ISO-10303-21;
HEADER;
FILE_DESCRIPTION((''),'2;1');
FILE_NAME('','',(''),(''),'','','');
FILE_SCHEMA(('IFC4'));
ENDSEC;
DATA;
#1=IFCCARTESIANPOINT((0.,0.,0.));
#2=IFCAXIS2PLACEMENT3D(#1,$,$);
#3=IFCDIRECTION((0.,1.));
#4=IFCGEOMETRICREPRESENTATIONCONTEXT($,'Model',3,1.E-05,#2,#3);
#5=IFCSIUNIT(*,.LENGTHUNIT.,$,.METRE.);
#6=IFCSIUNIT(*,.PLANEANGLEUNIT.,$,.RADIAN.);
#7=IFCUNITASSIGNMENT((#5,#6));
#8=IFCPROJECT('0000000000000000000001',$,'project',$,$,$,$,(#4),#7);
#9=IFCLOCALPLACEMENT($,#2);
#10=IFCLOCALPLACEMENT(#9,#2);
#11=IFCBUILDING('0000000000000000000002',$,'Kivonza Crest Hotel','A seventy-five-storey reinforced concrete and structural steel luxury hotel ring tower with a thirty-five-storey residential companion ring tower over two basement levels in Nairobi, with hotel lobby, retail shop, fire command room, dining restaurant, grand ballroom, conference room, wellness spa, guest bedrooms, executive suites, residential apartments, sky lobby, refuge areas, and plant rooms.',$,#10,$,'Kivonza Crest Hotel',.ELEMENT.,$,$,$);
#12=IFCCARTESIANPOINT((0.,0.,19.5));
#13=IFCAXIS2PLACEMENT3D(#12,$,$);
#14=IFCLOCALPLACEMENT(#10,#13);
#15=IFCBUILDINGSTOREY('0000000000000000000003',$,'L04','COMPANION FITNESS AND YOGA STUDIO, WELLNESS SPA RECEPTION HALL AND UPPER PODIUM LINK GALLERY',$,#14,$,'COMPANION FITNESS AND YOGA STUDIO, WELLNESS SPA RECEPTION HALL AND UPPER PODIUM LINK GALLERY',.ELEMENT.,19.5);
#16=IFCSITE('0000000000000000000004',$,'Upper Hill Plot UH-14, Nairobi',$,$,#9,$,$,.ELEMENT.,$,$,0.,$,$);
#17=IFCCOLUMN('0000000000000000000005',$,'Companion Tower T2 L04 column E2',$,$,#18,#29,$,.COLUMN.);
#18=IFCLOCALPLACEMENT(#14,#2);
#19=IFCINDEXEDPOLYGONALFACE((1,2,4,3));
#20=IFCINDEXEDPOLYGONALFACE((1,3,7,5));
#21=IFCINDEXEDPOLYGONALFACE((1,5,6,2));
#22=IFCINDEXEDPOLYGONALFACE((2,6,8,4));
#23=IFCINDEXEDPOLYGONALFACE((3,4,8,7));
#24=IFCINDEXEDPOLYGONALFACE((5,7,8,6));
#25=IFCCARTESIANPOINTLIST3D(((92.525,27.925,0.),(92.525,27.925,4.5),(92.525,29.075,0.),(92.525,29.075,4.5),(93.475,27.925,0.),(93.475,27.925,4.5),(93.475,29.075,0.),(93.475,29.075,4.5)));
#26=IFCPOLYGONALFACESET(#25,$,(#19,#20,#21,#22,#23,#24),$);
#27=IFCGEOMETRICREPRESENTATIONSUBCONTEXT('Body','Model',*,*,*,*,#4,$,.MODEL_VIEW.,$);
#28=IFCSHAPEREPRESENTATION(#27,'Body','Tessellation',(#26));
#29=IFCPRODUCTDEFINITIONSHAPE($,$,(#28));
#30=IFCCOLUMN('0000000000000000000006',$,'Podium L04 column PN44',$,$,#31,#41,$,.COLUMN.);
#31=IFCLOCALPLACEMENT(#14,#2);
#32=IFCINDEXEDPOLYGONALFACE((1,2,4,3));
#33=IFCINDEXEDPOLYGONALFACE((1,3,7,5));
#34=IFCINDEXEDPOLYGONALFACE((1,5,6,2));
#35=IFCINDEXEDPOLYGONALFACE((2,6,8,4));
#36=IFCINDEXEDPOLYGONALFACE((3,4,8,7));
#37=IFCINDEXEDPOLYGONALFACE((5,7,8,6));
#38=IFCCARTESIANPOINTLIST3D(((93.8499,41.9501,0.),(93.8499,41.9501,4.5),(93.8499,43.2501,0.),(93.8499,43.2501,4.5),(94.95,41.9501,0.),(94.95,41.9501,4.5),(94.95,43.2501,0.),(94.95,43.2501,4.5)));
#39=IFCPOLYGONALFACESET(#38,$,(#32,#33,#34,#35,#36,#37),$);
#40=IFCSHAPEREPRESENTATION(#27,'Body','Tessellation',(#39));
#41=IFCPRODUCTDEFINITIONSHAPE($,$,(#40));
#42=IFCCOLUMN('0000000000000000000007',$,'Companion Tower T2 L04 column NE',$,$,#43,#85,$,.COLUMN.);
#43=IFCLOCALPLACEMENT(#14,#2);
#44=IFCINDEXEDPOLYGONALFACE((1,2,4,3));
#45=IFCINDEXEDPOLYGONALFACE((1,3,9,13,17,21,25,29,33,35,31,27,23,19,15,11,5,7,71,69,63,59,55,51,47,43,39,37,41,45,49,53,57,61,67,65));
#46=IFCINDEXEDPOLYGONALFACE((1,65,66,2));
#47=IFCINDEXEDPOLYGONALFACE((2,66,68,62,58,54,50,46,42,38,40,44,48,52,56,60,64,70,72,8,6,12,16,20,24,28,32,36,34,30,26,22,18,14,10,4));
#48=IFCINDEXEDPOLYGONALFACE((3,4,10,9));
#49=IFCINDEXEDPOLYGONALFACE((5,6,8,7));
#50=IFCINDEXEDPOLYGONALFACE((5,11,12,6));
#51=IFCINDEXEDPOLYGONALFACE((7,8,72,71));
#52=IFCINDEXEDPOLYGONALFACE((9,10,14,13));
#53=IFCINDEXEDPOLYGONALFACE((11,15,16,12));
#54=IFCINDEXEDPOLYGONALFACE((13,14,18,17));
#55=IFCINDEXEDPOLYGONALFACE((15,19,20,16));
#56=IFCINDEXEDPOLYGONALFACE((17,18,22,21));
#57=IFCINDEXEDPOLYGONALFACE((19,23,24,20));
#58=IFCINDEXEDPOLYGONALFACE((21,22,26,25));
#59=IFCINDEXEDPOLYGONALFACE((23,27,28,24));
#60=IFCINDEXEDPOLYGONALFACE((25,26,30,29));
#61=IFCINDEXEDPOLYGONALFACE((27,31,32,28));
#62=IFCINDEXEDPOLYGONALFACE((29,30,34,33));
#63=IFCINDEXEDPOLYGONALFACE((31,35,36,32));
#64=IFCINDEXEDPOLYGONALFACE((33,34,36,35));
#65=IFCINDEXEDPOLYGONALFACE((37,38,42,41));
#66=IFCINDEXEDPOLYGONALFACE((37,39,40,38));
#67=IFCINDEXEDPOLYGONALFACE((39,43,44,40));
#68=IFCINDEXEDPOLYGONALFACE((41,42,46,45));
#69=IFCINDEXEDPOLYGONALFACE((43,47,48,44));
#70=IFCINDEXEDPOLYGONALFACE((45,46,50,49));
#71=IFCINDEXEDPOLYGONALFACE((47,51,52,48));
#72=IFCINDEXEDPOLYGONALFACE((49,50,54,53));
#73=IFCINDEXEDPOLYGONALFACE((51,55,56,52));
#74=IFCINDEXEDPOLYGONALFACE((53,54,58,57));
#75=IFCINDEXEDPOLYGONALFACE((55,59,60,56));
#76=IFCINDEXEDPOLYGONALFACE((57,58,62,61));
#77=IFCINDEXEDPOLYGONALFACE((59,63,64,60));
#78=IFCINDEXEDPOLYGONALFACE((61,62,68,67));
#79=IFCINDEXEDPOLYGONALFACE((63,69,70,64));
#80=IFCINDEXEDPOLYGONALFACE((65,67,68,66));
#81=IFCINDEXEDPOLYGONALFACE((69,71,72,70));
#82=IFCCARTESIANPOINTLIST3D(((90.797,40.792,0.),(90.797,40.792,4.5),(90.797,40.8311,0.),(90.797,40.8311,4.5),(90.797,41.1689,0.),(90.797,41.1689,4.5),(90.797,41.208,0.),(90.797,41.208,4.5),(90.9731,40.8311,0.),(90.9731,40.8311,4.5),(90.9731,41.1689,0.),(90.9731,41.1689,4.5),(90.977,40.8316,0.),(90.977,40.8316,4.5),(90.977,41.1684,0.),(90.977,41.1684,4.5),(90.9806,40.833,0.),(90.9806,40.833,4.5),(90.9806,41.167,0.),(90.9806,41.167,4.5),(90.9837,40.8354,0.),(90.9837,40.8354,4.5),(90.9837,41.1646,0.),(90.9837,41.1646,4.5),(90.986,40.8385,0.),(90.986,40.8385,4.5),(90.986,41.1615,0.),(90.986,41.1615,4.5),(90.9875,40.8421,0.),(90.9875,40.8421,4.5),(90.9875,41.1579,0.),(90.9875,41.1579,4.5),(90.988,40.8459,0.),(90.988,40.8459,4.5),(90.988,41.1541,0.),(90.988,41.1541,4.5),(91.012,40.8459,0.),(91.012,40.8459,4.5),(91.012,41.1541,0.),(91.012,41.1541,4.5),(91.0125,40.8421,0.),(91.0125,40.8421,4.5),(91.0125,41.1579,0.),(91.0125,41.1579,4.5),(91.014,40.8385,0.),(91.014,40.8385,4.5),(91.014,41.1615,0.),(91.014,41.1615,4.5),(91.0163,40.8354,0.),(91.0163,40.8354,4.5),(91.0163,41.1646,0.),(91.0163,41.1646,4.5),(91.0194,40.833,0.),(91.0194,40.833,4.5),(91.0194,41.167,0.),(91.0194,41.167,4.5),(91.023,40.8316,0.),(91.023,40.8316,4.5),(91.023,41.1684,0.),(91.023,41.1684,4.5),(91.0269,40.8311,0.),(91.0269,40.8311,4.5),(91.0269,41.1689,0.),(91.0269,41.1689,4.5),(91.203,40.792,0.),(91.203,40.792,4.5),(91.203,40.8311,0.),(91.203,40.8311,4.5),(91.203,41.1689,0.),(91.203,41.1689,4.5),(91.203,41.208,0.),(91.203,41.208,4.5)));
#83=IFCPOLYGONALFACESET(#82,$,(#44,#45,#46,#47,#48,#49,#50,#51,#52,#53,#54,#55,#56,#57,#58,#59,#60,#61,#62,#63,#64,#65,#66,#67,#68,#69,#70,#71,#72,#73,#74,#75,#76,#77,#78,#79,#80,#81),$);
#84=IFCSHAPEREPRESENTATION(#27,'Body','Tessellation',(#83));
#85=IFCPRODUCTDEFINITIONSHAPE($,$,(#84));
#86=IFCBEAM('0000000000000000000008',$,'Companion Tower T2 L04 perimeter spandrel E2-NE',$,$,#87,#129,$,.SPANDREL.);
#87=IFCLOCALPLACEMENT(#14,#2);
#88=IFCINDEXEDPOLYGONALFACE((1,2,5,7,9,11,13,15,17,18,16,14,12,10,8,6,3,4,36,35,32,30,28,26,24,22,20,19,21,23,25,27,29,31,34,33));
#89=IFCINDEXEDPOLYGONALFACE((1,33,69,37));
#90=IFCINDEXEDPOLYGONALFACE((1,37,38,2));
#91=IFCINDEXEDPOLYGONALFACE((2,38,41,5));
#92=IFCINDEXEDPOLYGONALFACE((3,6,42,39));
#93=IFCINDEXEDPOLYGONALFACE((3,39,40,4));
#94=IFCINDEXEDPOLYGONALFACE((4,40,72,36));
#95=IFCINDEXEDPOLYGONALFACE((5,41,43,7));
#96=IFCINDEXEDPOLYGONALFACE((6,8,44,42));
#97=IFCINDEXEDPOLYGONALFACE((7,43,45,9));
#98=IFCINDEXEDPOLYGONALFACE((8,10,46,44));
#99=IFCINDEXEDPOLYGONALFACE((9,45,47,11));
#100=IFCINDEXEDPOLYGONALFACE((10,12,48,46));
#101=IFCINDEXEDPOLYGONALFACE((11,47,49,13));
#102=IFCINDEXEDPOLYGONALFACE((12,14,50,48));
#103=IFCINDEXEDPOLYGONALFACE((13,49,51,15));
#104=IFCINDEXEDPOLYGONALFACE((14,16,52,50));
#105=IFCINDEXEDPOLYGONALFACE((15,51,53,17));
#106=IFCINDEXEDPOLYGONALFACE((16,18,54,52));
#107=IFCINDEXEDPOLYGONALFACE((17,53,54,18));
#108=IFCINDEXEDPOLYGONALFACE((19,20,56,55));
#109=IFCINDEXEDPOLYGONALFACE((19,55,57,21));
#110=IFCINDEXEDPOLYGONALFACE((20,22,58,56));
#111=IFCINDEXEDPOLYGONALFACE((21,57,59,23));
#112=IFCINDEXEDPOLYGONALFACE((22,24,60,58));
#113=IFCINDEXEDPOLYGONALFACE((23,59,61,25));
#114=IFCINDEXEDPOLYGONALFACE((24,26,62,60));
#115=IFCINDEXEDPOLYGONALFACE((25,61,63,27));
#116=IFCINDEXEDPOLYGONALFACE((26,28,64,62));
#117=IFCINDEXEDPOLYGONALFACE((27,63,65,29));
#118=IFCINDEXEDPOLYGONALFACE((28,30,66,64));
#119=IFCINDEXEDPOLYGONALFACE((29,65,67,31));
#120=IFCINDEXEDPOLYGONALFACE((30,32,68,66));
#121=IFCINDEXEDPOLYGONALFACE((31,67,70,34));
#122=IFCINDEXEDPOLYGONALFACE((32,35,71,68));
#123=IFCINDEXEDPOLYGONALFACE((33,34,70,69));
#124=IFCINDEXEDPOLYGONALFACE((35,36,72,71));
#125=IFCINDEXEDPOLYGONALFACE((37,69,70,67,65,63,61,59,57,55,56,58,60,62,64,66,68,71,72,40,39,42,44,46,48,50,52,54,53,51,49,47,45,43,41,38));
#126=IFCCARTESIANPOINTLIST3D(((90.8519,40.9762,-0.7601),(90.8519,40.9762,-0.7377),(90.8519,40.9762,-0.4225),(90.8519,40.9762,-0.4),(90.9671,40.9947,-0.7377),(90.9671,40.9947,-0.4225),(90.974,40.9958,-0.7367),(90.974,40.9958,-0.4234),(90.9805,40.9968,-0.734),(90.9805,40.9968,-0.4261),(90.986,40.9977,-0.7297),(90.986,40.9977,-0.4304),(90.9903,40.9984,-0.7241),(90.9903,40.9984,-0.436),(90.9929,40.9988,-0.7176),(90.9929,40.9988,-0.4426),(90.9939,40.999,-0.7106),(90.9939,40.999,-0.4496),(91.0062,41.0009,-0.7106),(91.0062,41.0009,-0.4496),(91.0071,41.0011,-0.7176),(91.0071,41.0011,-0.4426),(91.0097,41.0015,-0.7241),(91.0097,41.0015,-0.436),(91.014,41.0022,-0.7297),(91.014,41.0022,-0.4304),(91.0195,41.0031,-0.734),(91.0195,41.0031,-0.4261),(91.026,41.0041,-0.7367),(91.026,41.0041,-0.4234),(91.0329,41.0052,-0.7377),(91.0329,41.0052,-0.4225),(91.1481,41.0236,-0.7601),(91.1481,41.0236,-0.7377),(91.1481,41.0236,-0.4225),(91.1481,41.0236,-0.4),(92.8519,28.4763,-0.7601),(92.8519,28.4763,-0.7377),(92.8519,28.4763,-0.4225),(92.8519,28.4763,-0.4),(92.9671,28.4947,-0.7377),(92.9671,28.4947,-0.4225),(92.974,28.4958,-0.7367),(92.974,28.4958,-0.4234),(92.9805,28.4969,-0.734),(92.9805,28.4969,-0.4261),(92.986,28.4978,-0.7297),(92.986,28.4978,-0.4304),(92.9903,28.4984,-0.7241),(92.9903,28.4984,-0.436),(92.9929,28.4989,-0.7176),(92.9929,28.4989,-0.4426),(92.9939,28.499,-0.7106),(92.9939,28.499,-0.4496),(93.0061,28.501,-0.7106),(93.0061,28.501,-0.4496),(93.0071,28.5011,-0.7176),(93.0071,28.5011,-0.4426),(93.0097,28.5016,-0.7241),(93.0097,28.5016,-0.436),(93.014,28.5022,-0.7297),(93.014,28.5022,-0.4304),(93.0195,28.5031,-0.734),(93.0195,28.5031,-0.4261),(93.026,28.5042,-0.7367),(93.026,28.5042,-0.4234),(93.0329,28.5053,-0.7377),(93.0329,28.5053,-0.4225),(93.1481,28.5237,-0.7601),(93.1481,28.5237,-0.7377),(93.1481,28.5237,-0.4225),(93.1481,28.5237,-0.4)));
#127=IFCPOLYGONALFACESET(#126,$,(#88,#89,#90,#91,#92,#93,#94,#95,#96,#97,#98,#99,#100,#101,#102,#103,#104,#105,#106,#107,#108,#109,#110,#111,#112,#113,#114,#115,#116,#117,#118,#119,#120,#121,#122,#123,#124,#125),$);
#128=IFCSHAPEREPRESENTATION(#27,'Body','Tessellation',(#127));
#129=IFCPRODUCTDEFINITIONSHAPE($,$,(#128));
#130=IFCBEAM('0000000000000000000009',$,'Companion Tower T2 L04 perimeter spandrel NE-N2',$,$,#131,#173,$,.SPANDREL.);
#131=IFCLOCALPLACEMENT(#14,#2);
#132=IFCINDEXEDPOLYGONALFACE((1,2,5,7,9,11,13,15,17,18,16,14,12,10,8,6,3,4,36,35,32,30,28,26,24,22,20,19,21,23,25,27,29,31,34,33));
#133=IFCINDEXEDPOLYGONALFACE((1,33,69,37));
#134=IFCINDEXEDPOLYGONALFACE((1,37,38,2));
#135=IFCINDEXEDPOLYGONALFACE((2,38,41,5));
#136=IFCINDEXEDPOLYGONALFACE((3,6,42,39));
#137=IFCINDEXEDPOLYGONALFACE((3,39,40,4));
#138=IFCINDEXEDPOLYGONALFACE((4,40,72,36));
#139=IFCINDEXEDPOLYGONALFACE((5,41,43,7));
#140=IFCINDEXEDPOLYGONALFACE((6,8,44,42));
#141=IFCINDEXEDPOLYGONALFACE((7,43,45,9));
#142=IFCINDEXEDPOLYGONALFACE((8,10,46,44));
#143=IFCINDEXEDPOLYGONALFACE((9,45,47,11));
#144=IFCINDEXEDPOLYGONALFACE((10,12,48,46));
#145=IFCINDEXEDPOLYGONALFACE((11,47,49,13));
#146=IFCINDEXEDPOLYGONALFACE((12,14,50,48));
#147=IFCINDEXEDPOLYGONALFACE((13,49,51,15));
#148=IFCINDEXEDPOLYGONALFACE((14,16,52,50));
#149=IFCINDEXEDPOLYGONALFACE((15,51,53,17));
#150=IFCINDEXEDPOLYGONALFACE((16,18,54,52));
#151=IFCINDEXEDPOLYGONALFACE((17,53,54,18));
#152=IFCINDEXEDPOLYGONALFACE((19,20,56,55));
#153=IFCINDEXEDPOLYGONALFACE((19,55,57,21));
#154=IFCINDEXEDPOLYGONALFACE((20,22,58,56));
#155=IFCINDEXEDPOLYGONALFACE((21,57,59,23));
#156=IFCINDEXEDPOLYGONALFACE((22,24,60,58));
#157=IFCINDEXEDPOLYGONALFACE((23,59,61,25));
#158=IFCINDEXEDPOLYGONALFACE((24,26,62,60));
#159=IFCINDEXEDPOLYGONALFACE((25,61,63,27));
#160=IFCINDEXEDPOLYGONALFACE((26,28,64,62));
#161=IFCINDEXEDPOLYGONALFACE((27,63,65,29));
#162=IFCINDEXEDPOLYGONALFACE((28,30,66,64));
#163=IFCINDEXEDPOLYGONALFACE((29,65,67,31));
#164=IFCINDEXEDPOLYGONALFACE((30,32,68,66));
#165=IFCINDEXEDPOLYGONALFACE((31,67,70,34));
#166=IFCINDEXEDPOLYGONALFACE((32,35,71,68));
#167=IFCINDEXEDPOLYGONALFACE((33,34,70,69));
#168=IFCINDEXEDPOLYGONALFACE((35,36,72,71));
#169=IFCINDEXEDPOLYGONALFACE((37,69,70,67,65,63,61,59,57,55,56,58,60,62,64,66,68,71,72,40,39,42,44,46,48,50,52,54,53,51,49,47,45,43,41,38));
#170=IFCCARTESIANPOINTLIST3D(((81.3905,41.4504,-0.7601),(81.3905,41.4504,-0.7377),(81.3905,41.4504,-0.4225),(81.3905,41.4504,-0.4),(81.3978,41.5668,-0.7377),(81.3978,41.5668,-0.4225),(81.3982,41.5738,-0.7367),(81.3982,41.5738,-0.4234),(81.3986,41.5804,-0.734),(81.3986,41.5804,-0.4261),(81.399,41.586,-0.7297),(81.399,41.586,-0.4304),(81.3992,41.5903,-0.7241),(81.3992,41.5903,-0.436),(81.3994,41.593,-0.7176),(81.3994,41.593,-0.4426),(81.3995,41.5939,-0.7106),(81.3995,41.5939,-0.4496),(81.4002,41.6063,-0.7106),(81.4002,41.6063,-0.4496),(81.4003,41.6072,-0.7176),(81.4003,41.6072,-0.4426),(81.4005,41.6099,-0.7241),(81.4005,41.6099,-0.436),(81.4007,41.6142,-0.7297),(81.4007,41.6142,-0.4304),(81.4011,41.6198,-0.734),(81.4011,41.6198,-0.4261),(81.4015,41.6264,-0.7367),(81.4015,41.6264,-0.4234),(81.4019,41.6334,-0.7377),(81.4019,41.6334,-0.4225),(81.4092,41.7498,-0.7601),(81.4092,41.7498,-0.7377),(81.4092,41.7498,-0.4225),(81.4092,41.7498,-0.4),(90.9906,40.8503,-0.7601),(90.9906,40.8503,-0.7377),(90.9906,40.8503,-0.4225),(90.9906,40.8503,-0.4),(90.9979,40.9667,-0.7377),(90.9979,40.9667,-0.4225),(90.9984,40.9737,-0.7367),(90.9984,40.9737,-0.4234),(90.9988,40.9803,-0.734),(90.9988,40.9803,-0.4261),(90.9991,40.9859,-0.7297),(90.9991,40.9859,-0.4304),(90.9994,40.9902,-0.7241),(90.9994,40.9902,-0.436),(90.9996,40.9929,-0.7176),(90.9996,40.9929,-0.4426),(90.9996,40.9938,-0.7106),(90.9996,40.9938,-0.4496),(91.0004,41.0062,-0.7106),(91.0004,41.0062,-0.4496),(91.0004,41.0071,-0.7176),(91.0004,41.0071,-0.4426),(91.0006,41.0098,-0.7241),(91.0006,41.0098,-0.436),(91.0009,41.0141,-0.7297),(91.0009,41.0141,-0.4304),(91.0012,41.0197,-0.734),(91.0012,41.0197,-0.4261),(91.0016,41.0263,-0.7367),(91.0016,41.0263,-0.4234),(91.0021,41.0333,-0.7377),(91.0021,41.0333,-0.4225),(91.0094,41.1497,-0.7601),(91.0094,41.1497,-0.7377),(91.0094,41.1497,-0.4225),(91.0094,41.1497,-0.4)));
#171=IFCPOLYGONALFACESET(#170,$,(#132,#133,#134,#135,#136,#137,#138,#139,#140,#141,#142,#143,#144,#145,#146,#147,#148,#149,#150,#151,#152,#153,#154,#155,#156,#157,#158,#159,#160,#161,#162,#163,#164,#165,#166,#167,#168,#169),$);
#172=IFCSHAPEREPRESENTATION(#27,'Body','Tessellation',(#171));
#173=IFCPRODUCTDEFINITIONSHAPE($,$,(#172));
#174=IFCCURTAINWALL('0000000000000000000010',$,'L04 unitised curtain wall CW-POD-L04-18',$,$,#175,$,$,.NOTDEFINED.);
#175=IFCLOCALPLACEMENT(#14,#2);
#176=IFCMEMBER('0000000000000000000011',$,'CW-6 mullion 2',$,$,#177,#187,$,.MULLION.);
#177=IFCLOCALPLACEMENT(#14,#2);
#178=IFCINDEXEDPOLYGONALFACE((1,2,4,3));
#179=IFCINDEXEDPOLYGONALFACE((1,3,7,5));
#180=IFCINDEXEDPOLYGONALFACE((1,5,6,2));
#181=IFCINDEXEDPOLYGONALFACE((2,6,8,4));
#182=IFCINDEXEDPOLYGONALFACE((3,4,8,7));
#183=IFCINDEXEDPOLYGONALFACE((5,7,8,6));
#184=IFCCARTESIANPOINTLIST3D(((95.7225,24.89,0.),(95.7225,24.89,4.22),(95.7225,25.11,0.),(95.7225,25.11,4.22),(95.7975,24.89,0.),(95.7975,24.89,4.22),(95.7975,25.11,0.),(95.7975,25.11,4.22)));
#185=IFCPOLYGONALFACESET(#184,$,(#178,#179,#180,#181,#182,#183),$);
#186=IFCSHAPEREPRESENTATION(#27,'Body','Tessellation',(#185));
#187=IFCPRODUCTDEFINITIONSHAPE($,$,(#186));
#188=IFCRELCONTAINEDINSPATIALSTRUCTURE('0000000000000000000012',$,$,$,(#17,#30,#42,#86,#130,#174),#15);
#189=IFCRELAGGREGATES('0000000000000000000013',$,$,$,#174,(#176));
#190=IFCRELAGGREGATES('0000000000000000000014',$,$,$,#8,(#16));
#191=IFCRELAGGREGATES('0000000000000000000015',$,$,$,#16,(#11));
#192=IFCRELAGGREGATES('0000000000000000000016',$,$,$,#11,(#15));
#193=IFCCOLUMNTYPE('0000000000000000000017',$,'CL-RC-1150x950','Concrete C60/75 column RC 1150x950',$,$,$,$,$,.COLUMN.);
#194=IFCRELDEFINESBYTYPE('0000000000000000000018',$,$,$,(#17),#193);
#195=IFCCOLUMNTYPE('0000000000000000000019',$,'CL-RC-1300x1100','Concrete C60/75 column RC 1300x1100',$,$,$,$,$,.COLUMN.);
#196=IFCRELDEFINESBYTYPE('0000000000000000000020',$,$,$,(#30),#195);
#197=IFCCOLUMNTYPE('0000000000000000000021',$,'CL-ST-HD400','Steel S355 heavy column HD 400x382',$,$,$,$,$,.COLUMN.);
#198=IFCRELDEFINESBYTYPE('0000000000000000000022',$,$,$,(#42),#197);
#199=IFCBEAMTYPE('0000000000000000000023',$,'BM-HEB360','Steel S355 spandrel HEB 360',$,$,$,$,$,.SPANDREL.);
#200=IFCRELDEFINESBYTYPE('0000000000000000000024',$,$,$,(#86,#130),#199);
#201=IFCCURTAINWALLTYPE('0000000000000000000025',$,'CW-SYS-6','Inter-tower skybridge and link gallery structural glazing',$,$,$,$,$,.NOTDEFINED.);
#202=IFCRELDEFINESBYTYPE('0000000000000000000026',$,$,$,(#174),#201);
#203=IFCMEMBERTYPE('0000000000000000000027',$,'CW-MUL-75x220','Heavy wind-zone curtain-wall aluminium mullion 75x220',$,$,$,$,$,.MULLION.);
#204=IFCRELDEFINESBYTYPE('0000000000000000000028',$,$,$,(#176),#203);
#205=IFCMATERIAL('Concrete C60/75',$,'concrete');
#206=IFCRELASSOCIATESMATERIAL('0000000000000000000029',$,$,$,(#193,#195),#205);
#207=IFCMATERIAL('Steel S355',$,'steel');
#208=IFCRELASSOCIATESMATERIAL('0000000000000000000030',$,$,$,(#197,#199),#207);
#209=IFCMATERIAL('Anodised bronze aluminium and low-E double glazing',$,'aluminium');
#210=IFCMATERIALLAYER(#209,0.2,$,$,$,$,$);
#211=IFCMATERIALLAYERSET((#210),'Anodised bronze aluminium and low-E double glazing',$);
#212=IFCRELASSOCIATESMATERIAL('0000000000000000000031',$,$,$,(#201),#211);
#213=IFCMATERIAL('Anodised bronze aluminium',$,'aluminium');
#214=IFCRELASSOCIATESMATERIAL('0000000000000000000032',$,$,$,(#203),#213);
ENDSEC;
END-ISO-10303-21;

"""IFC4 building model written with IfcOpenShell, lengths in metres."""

from ifc_helpers import new_model, si_unit, direction, frame, origin, origin_2d, place, context, subcontext, project, spatial, rectangle, i_section, extrude, material, layer, layer_set, material_profile, profile_set, type_object, element, aggregate, save


model = new_model("IFC4")

# Units and contexts
model_context = context("Model", 3, precision=1e-05, world=origin(), true_north=direction((0.0, 1.0)))
body_context = subcontext(model_context, "Body", "Model", "MODEL_VIEW")
ifc_project = project(units=[si_unit("LENGTHUNIT", "METRE"), si_unit("PLANEANGLEUNIT", "RADIAN")], contexts=[model_context])

# Site, building, storey
site_placement = place(None, origin())
site = spatial("IfcSite", under=ifc_project, at=site_placement, Name="Upper Hill Plot UH-14, Nairobi", CompositionType="ELEMENT", RefElevation=0.0)
building_placement = place(site_placement, origin())
building = spatial("IfcBuilding", under=site, at=building_placement, Name="Kivonza Crest Hotel", Description="A seventy-five-storey reinforced concrete and structural steel luxury hotel ring tower with a thirty-five-storey residential companion ring tower over two basement levels in Nairobi, with hotel lobby, retail shop, fire command room, dining restaurant, grand ballroom, conference room, wellness spa, guest bedrooms, executive suites, residential apartments, sky lobby, refuge areas, and plant rooms.", LongName="Kivonza Crest Hotel", CompositionType="ELEMENT")
storey_placement = place(building_placement, frame((0.0, 0.0, 19.5)))
storey = spatial("IfcBuildingStorey", under=building, at=storey_placement, Name="L04", Description="COMPANION FITNESS AND YOGA STUDIO, WELLNESS SPA RECEPTION HALL AND UPPER PODIUM LINK GALLERY", LongName="COMPANION FITNESS AND YOGA STUDIO, WELLNESS SPA RECEPTION HALL AND UPPER PODIUM LINK GALLERY", CompositionType="ELEMENT", Elevation=19.5)

# Columns
ifc_material_1 = material(Name="Concrete C60/75", Category="concrete")
ifc_material_profile_1 = material_profile(ifc_material_1, rectangle(XDim=0.95, YDim=1.1499, at=origin_2d()), Name="RC 1150x950")
ifc_profile_set_1 = profile_set([ifc_material_profile_1], Name="Concrete C60/75")
column_type_1 = type_object("IfcColumnType", Name="CL-RC-1150x950", Description="Concrete C60/75 column RC 1150x950", PredefinedType="COLUMN", material=ifc_profile_set_1)
column_1_placement = place(storey_placement, frame((93.0, 28.5, 0.0), z_axis=(0.0, 0.0, 1.0), x_axis=(1.0, 0.0, 0.0)))
element("IfcColumn", 1, at=column_1_placement, inside=storey, type_object=column_type_1, Name="Companion Tower T2 L04 column E2", PredefinedType="COLUMN", context=body_context, shape_type="SweptSolid", body=[
    extrude(rectangle(XDim=0.95, YDim=1.1499, at=origin_2d()), origin(), (0.0, 0.0, 1.0), 4.5),
])
ifc_material_profile_2 = material_profile(ifc_material_1, rectangle(XDim=1.1001, YDim=1.3, at=origin_2d()), Name="RC 1300x1100")
ifc_profile_set_2 = profile_set([ifc_material_profile_2], Name="Concrete C60/75")
column_type_2 = type_object("IfcColumnType", Name="CL-RC-1300x1100", Description="Concrete C60/75 column RC 1300x1100", PredefinedType="COLUMN", material=ifc_profile_set_2)
column_2_placement = place(storey_placement, frame((94.3999, 42.6001, 0.0), z_axis=(0.0, 0.0, 1.0), x_axis=(1.0, 0.0, 0.0)))
element("IfcColumn", 2, at=column_2_placement, inside=storey, type_object=column_type_2, Name="Podium L04 column PN44", PredefinedType="COLUMN", context=body_context, shape_type="SweptSolid", body=[
    extrude(rectangle(XDim=1.1001, YDim=1.3, at=origin_2d()), origin(), (0.0, 0.0, 1.0), 4.5),
])
ifc_material_2 = material(Name="Steel S355", Category="steel")
ifc_material_profile_3 = material_profile(ifc_material_2, i_section(OverallWidth=0.406, OverallDepth=0.416, WebThickness=0.0239, FlangeThickness=0.0391, FilletRadius=0.0149, at=origin_2d()), Name="HD 400x382")
ifc_profile_set_3 = profile_set([ifc_material_profile_3], Name="Steel S355")
column_type_3 = type_object("IfcColumnType", Name="CL-ST-HD400", Description="Steel S355 heavy column HD 400x382", PredefinedType="COLUMN", material=ifc_profile_set_3)
column_3_placement = place(storey_placement, frame((91.0, 41.0, 0.0), z_axis=(0.0, 0.0, 1.0), x_axis=(1.0, 0.0, 0.0)))
element("IfcColumn", 3, at=column_3_placement, inside=storey, type_object=column_type_3, Name="Companion Tower T2 L04 column NE", PredefinedType="COLUMN", context=body_context, shape_type="SweptSolid", body=[
    extrude(i_section(OverallWidth=0.406, OverallDepth=0.416, WebThickness=0.0239, FlangeThickness=0.0391, FilletRadius=0.0149, at=origin_2d()), origin(), (0.0, 0.0, 1.0), 4.5),
])

# Beams
ifc_material_profile_4 = material_profile(ifc_material_2, i_section(OverallWidth=0.3, OverallDepth=0.3601, WebThickness=0.0125, FlangeThickness=0.0225, FilletRadius=0.0271, at=origin_2d()), Name="HEB 360")
ifc_profile_set_4 = profile_set([ifc_material_profile_4], Name="Steel S355")
beam_type = type_object("IfcBeamType", Name="BM-HEB360", Description="Steel S355 spandrel HEB 360", PredefinedType="SPANDREL", material=ifc_profile_set_4)
beam_1_placement = place(storey_placement, frame((93.0, 28.5, -0.5801), z_axis=(-0.157991, 0.987441, 0.0), x_axis=(-0.987441, -0.157991, 0.0)))
element("IfcBeam", 4, at=beam_1_placement, inside=storey, type_object=beam_type, Name="Companion Tower T2 L04 perimeter spandrel E2-NE", PredefinedType="SPANDREL", context=body_context, shape_type="SweptSolid", body=[
    extrude(i_section(OverallWidth=0.3, OverallDepth=0.3601, WebThickness=0.0125, FlangeThickness=0.0225, FilletRadius=0.0271, at=origin_2d()), origin(), (0.0, 0.0, 1.0), 12.6589),
])
beam_2_placement = place(storey_placement, frame((91.0, 41.0, -0.5801), z_axis=(-0.998052, 0.062388, 0.0), x_axis=(-0.062388, -0.998052, 0.0)))
element("IfcBeam", 5, at=beam_2_placement, inside=storey, type_object=beam_type, Name="Companion Tower T2 L04 perimeter spandrel NE-N2", PredefinedType="SPANDREL", context=body_context, shape_type="SweptSolid", body=[
    extrude(i_section(OverallWidth=0.3, OverallDepth=0.3601, WebThickness=0.0125, FlangeThickness=0.0225, FilletRadius=0.0271, at=origin_2d()), origin(), (0.0, 0.0, 1.0), 9.6189),
])

# Curtain wall, member
ifc_material_3 = material(Name="Anodised bronze aluminium and low-E double glazing", Category="aluminium")
ifc_layer_1 = layer(ifc_material_3, 0.2)
ifc_layer_set_1 = layer_set([ifc_layer_1], Name="Anodised bronze aluminium and low-E double glazing")
curtain_wall_type = type_object("IfcCurtainWallType", Name="CW-SYS-6", Description="Inter-tower skybridge and link gallery structural glazing", PredefinedType="NOTDEFINED", material=ifc_layer_set_1)
curtain_wall_1_placement = place(storey_placement, origin())
curtain_wall_1 = element("IfcCurtainWall", 6, at=curtain_wall_1_placement, inside=storey, type_object=curtain_wall_type, Name="L04 unitised curtain wall CW-POD-L04-18", PredefinedType="NOTDEFINED")
ifc_material_4 = material(Name="Anodised bronze aluminium", Category="aluminium")
ifc_material_profile_5 = material_profile(ifc_material_4, rectangle(XDim=0.075, YDim=0.22, at=origin_2d()), Name="CW-M 75x220")
ifc_profile_set_5 = profile_set([ifc_material_profile_5], Name="Anodised bronze aluminium")
member_type_1 = type_object("IfcMemberType", Name="CW-MUL-75x220", Description="Heavy wind-zone curtain-wall aluminium mullion 75x220", PredefinedType="MULLION", material=ifc_profile_set_5)
member_1_placement = place(storey_placement, frame((95.76, 25.0, 0.0), z_axis=(0.0, 0.0, 1.0), x_axis=(-1.0, 0.0, 0.0)))
member_1 = element("IfcMember", 7, at=member_1_placement, type_object=member_type_1, Name="CW-6 mullion 2", PredefinedType="MULLION", context=body_context, shape_type="SweptSolid", body=[
    extrude(rectangle(XDim=0.075, YDim=0.22, at=origin_2d()), origin(), (0.0, 0.0, 1.0), 4.22),
])

aggregate(curtain_wall_1, [member_1])

save(model, "model.ifc")
